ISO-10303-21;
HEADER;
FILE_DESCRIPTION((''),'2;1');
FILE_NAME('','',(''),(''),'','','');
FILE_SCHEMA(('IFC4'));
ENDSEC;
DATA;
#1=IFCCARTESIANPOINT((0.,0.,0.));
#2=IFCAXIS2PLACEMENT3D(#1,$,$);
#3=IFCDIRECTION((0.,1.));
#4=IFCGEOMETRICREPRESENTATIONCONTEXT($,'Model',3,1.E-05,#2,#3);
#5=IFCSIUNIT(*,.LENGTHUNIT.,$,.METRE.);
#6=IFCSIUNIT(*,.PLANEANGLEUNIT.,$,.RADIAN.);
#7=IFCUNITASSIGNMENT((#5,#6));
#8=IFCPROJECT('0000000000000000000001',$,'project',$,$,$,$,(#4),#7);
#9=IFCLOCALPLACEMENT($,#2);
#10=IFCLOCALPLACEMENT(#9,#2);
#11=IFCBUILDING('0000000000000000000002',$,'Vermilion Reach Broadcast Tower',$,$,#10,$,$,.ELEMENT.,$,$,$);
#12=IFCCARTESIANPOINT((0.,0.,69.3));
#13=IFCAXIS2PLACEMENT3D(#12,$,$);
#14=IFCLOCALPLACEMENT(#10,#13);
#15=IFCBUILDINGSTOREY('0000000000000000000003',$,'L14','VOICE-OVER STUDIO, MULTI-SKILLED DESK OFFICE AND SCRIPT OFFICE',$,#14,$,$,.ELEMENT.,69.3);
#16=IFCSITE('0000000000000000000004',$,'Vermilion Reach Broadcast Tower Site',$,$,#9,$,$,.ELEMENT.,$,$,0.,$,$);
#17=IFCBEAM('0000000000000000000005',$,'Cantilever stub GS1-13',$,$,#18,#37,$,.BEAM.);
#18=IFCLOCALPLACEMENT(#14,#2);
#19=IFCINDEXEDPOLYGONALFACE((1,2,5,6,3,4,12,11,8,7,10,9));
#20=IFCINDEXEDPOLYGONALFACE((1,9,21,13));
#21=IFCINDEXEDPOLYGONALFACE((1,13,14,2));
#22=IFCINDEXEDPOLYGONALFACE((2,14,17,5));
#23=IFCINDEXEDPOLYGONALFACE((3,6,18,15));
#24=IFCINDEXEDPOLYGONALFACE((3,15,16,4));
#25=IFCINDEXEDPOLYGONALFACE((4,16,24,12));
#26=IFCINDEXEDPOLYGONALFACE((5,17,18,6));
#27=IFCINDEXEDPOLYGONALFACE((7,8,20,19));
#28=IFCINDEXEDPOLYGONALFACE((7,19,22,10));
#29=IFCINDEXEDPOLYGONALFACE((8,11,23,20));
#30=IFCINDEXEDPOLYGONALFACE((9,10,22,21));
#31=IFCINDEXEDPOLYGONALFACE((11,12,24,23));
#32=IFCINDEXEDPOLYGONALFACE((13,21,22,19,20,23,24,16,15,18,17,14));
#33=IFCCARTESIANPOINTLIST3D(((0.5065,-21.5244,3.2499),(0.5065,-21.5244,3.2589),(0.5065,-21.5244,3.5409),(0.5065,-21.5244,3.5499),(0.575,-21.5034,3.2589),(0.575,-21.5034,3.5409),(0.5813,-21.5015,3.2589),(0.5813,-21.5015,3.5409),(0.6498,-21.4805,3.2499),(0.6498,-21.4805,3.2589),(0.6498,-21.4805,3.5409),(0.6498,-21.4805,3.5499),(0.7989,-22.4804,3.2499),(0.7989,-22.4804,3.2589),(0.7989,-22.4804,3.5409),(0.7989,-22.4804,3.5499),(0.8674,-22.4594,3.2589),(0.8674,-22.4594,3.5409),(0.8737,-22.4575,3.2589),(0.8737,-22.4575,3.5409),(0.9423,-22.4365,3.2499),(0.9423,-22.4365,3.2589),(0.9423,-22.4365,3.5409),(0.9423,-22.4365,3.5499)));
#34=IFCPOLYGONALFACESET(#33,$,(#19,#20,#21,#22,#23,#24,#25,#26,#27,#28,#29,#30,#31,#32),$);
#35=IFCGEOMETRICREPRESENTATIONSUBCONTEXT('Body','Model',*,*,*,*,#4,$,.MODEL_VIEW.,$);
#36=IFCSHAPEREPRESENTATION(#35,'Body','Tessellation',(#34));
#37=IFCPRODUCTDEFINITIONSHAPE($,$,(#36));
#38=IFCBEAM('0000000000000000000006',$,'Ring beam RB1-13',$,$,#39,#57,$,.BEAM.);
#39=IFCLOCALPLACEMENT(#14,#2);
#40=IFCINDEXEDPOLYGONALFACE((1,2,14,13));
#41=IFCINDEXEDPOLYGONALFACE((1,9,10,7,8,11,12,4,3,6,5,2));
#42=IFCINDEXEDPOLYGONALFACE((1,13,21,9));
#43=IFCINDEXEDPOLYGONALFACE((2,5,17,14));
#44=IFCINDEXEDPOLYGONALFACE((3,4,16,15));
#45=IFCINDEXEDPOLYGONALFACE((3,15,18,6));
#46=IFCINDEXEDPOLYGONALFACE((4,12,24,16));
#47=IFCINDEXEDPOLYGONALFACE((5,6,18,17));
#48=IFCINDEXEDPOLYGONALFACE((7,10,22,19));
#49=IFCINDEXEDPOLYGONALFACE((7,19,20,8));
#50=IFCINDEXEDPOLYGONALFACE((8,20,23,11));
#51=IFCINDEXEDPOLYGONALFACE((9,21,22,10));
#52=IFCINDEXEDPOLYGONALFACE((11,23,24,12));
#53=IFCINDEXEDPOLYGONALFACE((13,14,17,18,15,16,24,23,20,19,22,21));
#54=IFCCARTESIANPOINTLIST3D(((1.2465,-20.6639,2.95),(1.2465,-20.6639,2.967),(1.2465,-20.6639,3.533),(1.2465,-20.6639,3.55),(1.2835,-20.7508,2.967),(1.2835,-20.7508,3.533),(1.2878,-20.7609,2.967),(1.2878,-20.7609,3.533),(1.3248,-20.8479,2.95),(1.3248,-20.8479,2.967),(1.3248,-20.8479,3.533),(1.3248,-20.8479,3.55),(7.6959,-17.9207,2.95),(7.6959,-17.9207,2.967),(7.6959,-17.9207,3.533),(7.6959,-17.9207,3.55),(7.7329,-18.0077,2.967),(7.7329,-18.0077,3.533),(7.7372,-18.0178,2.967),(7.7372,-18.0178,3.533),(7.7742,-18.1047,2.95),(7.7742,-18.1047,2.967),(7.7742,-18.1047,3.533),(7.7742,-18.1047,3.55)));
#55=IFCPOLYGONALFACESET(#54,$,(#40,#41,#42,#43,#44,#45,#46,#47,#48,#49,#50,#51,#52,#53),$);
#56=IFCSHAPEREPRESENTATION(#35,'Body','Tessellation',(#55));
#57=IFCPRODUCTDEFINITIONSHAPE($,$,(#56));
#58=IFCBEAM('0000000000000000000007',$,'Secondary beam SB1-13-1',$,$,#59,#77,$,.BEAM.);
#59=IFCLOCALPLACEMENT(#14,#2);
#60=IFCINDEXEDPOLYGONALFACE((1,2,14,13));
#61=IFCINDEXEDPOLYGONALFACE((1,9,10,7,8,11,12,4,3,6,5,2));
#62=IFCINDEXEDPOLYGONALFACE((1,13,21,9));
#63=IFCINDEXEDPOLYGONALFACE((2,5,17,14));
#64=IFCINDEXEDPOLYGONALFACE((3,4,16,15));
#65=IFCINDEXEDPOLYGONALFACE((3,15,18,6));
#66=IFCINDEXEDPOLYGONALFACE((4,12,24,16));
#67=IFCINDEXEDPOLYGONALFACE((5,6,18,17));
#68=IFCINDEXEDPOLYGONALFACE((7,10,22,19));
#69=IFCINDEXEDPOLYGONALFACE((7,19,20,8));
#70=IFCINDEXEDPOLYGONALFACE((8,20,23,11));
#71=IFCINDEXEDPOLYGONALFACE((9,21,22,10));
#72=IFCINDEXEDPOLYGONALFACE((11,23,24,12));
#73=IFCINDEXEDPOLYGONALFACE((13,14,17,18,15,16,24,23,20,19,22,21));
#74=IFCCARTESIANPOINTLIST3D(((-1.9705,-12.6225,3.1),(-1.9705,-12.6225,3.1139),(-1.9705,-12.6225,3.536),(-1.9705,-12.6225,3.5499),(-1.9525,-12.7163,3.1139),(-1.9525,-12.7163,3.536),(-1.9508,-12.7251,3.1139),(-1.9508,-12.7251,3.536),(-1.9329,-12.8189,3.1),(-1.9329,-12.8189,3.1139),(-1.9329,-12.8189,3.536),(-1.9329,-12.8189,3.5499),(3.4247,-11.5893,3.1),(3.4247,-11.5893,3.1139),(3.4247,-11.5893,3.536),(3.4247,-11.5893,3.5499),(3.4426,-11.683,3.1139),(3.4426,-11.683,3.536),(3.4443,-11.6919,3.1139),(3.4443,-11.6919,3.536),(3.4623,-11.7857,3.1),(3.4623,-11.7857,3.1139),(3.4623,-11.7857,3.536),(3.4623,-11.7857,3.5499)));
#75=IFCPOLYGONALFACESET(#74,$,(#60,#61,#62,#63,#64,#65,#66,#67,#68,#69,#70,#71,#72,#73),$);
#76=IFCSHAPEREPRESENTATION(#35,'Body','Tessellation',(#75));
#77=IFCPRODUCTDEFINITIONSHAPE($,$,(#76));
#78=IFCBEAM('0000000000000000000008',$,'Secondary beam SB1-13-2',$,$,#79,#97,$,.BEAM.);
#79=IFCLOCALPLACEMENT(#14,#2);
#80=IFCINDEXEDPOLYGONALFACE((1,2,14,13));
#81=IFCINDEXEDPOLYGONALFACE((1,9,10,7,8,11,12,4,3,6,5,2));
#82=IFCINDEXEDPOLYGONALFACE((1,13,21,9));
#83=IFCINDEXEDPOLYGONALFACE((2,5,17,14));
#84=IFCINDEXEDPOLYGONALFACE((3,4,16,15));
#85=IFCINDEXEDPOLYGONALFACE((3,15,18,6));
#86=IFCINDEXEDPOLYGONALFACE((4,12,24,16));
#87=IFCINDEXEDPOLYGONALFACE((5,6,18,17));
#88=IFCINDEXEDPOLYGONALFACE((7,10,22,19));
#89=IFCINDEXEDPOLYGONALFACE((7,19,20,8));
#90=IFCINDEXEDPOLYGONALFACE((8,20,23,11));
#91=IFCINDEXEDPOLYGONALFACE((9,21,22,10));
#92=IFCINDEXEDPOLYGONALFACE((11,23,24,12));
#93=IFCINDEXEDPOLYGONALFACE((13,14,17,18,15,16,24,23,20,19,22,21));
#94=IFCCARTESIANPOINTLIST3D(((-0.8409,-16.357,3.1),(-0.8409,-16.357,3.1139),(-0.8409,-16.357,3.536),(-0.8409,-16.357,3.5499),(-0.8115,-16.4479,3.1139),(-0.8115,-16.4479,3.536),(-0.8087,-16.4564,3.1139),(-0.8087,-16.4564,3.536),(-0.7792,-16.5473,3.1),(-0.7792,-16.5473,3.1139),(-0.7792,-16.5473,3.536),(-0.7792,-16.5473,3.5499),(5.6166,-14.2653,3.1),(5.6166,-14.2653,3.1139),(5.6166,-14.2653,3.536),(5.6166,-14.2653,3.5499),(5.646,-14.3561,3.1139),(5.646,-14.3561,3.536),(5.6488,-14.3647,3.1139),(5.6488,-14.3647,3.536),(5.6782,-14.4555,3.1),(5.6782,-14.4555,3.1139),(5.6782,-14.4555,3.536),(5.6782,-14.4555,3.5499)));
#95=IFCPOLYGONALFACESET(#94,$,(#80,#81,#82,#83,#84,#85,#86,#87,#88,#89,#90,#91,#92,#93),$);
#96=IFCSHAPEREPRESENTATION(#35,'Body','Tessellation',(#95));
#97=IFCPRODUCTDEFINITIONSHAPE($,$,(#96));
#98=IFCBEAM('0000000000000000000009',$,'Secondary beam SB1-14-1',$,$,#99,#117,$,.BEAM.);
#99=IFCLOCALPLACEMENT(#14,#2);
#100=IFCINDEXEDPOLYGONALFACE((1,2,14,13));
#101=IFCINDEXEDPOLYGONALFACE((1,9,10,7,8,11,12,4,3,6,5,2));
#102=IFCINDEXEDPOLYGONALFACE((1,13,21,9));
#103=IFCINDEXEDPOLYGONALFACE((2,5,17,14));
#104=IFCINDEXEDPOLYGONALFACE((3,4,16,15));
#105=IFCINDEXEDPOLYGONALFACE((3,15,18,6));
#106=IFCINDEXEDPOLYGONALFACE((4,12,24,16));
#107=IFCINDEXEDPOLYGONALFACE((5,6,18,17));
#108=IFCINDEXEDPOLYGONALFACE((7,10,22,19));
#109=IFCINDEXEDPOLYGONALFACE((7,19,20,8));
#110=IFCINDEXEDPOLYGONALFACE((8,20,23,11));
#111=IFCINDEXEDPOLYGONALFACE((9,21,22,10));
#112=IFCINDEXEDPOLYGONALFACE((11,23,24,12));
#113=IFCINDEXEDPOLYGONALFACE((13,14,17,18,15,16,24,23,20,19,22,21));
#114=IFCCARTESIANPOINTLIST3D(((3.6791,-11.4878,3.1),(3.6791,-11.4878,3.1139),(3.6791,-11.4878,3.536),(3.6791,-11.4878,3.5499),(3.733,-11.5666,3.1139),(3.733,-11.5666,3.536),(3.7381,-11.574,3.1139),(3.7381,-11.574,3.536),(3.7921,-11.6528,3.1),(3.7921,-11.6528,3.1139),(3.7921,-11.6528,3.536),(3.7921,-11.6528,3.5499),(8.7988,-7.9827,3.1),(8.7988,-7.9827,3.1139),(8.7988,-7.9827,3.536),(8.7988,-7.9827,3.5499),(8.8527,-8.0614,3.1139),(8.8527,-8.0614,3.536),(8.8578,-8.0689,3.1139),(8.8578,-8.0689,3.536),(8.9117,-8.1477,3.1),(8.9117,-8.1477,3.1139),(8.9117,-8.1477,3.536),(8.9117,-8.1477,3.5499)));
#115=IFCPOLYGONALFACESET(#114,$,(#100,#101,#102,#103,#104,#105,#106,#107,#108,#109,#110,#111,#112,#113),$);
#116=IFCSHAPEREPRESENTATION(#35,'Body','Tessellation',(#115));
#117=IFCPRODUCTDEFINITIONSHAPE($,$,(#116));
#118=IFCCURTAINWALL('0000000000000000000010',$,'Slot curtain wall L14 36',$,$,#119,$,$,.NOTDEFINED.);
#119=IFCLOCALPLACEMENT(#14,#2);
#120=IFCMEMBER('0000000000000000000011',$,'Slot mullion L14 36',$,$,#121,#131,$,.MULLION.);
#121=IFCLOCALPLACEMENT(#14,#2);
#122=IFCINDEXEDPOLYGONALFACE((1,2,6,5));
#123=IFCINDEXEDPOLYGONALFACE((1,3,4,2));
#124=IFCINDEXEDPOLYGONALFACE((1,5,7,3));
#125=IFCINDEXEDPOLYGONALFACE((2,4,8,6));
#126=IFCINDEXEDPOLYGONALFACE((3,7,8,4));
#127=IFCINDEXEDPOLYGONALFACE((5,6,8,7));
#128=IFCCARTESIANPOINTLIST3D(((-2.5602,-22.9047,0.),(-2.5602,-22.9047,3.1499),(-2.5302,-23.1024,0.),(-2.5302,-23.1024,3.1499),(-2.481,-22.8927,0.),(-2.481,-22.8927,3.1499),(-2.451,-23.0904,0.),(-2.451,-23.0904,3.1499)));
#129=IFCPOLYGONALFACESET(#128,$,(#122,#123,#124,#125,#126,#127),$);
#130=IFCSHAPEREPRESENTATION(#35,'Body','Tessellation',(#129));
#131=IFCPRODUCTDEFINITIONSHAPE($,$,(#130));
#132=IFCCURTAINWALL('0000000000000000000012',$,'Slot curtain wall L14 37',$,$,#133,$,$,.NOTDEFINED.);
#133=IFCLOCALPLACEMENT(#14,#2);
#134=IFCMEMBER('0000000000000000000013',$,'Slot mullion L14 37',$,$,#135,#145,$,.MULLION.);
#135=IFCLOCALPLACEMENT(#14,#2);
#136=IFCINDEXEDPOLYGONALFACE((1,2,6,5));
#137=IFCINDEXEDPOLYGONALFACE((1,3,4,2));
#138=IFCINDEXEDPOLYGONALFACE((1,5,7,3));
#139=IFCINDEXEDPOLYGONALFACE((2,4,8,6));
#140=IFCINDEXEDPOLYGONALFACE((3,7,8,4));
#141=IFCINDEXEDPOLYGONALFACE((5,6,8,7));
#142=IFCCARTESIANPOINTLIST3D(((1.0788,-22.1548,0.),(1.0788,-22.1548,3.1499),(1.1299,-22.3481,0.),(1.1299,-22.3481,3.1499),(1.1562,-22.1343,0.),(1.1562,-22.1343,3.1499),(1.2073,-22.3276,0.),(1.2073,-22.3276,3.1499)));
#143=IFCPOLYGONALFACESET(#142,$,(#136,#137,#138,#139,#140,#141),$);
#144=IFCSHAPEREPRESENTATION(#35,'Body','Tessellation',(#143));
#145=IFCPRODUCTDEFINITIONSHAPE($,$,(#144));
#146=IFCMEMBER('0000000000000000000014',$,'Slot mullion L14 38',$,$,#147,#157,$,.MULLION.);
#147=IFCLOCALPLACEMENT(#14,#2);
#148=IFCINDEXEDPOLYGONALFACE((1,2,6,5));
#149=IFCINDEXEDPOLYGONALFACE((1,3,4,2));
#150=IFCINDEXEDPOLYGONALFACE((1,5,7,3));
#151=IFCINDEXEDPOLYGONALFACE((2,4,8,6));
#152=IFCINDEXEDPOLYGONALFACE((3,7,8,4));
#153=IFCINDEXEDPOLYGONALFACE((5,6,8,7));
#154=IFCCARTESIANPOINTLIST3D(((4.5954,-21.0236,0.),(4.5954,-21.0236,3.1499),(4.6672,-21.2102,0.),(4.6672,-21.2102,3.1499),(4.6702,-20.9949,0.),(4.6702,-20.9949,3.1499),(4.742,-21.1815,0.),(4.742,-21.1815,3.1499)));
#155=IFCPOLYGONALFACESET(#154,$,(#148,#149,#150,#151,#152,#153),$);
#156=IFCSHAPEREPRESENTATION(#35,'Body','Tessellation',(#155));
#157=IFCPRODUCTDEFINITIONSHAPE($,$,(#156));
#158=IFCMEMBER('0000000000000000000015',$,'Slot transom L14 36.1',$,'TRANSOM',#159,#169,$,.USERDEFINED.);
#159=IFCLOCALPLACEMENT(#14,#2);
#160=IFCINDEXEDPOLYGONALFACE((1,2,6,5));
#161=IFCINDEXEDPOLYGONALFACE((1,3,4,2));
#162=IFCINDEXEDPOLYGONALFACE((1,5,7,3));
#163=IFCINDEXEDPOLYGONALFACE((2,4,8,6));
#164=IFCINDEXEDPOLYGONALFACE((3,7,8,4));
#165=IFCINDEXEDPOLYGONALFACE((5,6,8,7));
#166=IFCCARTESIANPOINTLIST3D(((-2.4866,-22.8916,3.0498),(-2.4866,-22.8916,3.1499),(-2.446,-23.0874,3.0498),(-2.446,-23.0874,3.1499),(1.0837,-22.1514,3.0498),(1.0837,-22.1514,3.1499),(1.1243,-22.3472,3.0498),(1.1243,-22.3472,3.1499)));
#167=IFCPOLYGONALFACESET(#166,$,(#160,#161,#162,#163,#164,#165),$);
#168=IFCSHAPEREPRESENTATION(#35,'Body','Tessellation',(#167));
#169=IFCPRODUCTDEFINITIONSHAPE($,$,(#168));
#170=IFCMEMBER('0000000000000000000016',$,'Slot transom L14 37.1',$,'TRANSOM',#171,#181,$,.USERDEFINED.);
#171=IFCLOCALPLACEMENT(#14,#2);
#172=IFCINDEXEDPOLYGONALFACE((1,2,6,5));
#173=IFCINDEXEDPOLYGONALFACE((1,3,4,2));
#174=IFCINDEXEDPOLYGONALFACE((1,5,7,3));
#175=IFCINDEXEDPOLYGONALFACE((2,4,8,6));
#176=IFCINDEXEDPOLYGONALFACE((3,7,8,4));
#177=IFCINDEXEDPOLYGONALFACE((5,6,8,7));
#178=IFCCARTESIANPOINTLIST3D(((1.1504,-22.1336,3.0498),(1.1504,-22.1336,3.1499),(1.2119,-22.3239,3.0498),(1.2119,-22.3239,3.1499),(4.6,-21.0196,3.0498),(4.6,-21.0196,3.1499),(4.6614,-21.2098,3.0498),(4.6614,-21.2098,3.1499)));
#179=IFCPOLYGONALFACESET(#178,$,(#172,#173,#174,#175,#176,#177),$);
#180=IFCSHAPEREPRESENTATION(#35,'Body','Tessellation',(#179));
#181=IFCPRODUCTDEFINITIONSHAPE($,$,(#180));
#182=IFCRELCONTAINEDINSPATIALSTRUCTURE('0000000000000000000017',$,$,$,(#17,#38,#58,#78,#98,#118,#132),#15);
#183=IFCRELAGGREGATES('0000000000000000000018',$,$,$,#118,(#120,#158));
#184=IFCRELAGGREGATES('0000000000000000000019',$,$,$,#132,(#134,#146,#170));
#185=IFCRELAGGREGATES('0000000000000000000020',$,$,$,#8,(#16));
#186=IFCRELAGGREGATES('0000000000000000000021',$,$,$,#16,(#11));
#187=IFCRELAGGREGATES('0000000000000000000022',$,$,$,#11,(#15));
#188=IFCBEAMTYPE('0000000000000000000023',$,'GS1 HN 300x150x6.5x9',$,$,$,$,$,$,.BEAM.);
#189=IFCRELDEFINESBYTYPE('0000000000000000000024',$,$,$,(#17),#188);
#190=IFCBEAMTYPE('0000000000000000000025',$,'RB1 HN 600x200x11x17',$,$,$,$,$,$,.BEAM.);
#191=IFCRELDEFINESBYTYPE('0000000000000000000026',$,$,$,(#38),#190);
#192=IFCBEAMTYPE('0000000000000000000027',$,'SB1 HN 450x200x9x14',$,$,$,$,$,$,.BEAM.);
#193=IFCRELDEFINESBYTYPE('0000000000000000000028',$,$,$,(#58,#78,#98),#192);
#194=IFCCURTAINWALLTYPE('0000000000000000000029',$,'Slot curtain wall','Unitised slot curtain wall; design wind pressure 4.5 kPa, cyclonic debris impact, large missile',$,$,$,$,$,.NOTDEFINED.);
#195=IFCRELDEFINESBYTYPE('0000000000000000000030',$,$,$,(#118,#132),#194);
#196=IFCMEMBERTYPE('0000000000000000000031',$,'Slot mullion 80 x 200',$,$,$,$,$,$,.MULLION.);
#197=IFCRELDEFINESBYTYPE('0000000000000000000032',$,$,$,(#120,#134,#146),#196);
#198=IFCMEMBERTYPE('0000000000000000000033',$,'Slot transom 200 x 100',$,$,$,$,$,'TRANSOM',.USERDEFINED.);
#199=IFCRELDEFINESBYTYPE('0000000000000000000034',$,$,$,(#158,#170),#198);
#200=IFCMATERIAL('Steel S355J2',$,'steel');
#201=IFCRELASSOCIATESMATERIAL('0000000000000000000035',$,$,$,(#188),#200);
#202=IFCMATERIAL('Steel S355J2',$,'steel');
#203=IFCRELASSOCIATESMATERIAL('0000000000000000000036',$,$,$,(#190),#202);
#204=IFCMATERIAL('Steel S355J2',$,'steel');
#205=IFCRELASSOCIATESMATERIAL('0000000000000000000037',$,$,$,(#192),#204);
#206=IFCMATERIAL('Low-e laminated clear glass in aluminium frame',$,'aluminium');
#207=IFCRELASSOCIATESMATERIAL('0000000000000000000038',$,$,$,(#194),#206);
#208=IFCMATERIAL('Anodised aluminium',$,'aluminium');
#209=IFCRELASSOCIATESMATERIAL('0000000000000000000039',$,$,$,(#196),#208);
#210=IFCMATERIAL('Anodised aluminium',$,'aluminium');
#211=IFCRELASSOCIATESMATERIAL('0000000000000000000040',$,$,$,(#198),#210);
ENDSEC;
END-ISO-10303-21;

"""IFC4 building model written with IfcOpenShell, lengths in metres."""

from ifc_helpers import new_model, si_unit, direction, frame, origin, origin_2d, place, context, subcontext, project, spatial, rectangle, i_section, extrude, material, material_profile, profile_set, type_object, element, aggregate, save


model = new_model("IFC4")

# Units and contexts
model_context = context("Model", 3, precision=1e-05, world=origin(), true_north=direction((0.0, 1.0)))
body_context = subcontext(model_context, "Body", "Model", "MODEL_VIEW")
ifc_project = project(units=[si_unit("LENGTHUNIT", "METRE"), si_unit("PLANEANGLEUNIT", "RADIAN")], contexts=[model_context])

# Site, building, storey
site_placement = place(None, origin())
site = spatial("IfcSite", under=ifc_project, at=site_placement, Name="Vermilion Reach Broadcast Tower Site", CompositionType="ELEMENT", RefElevation=0.0)
building_placement = place(site_placement, origin())
building = spatial("IfcBuilding", under=site, at=building_placement, Name="Vermilion Reach Broadcast Tower", CompositionType="ELEMENT")
storey_placement = place(building_placement, frame((0.0, 0.0, 69.3)))
storey = spatial("IfcBuildingStorey", under=building, at=storey_placement, Name="L14", Description="VOICE-OVER STUDIO, MULTI-SKILLED DESK OFFICE AND SCRIPT OFFICE", CompositionType="ELEMENT", Elevation=69.3)

# Beams
ifc_material_1 = material(Name="Steel S355J2", Category="steel")
ifc_material_profile_1 = material_profile(ifc_material_1, i_section(OverallWidth=0.1499, OverallDepth=0.3, WebThickness=0.0066, FlangeThickness=0.009, at=origin_2d()), Name="S355J2 HN 300x150x6.5x9")
ifc_profile_set_1 = profile_set([ifc_material_profile_1], Name="Steel S355J2")
beam_type_1 = type_object("IfcBeamType", Name="GS1 HN 300x150x6.5x9", PredefinedType="BEAM", material=ifc_profile_set_1)
beam_1_placement = place(storey_placement, frame((0.5781, -21.5024, 3.3999), z_axis=(0.292541, -0.956253, 0.0), x_axis=(0.956253, 0.292541, 0.0)))
element("IfcBeam", 1, at=beam_1_placement, inside=storey, type_object=beam_type_1, Name="Cantilever stub GS1-13", PredefinedType="BEAM", context=body_context, shape_type="SweptSolid", body=[
    extrude(i_section(OverallWidth=0.1499, OverallDepth=0.3, WebThickness=0.0066, FlangeThickness=0.009, at=origin_2d()), origin(), (0.0, 0.0, 1.0), 0.9998),
])
ifc_material_2 = material(Name="Steel S355J2", Category="steel")
ifc_material_profile_2 = material_profile(ifc_material_2, i_section(OverallWidth=0.2, OverallDepth=0.6001, WebThickness=0.011, FlangeThickness=0.0171, at=origin_2d()), Name="S355J2 HN 600x200x11x17")
ifc_profile_set_2 = profile_set([ifc_material_profile_2], Name="Steel S355J2")
beam_type_2 = type_object("IfcBeamType", Name="RB1 HN 600x200x11x17", PredefinedType="BEAM", material=ifc_profile_set_2)
beam_2_placement = place(storey_placement, frame((1.2856, -20.7559, 3.25), z_axis=(0.920221, 0.3914, 0.0), x_axis=(-0.3914, 0.920221, 0.0)))
element("IfcBeam", 2, at=beam_2_placement, inside=storey, type_object=beam_type_2, Name="Ring beam RB1-13", PredefinedType="BEAM", context=body_context, shape_type="SweptSolid", body=[
    extrude(i_section(OverallWidth=0.2, OverallDepth=0.6001, WebThickness=0.011, FlangeThickness=0.0171, at=origin_2d()), origin(), (0.0, 0.0, 1.0), 7.0085),
])
ifc_material_3 = material(Name="Steel S355J2", Category="steel")
ifc_material_profile_3 = material_profile(ifc_material_3, i_section(OverallWidth=0.2, OverallDepth=0.45, WebThickness=0.009, FlangeThickness=0.0139, at=origin_2d()), Name="S355J2 HN 450x200x9x14")
ifc_profile_set_3 = profile_set([ifc_material_profile_3], Name="Steel S355J2")
beam_type_3 = type_object("IfcBeamType", Name="SB1 HN 450x200x9x14", PredefinedType="BEAM", material=ifc_profile_set_3)
beam_3_placement = place(storey_placement, frame((-1.9517, -12.7207, 3.325), z_axis=(0.982151, 0.188092, 0.0), x_axis=(-0.188092, 0.982151, 0.0)))
element("IfcBeam", 3, at=beam_3_placement, inside=storey, type_object=beam_type_3, Name="Secondary beam SB1-13-1", PredefinedType="BEAM", context=body_context, shape_type="SweptSolid", body=[
    extrude(i_section(OverallWidth=0.2, OverallDepth=0.45, WebThickness=0.009, FlangeThickness=0.0139, at=origin_2d()), origin(), (0.0, 0.0, 1.0), 5.4932),
])
beam_4_placement = place(storey_placement, frame((-0.8101, -16.4521, 3.325), z_axis=(0.951332, 0.308167, 0.0), x_axis=(-0.308167, 0.951332, 0.0)))
element("IfcBeam", 4, at=beam_4_placement, inside=storey, type_object=beam_type_3, Name="Secondary beam SB1-13-2", PredefinedType="BEAM", context=body_context, shape_type="SweptSolid", body=[
    extrude(i_section(OverallWidth=0.2, OverallDepth=0.45, WebThickness=0.009, FlangeThickness=0.0139, at=origin_2d()), origin(), (0.0, 0.0, 1.0), 6.7878),
])
beam_5_placement = place(storey_placement, frame((3.7356, -11.5703, 3.325), z_axis=(0.82514, 0.564928, 0.0), x_axis=(-0.564928, 0.82514, 0.0)))
element("IfcBeam", 5, at=beam_5_placement, inside=storey, type_object=beam_type_3, Name="Secondary beam SB1-14-1", PredefinedType="BEAM", context=body_context, shape_type="SweptSolid", body=[
    extrude(i_section(OverallWidth=0.2, OverallDepth=0.45, WebThickness=0.009, FlangeThickness=0.0139, at=origin_2d()), origin(), (0.0, 0.0, 1.0), 6.2046),
])

# Curtain wall, member
ifc_material_4 = material(Name="Low-e laminated clear glass in aluminium frame", Category="aluminium")
curtain_wall_type = type_object("IfcCurtainWallType", Name="Slot curtain wall", Description="Unitised slot curtain wall; design wind pressure 4.5 kPa, cyclonic debris impact, large missile", PredefinedType="NOTDEFINED", material=ifc_material_4)
placement = place(storey_placement, origin())
curtain_wall_1 = element("IfcCurtainWall", 6, at=placement, inside=storey, type_object=curtain_wall_type, Name="Slot curtain wall L14 36", PredefinedType="NOTDEFINED")
ifc_material_5 = material(Name="Anodised aluminium", Category="aluminium")
ifc_material_profile_4 = material_profile(ifc_material_5, rectangle(XDim=0.2, YDim=0.0801, at=origin_2d()), Name="Slot mullion 80 x 200")
ifc_profile_set_4 = profile_set([ifc_material_profile_4], Name="Anodised aluminium")
member_type_1 = type_object("IfcMemberType", Name="Slot mullion 80 x 200", PredefinedType="MULLION", material=ifc_profile_set_4)
member_1_placement = place(storey_placement, frame((-2.5056, -22.9976, 0.0), z_axis=(0.0, 0.0, 1.0), x_axis=(-0.150226, 0.988652, 0.0)))
member_1 = element("IfcMember", 7, at=member_1_placement, type_object=member_type_1, Name="Slot mullion L14 36", PredefinedType="MULLION", context=body_context, shape_type="SweptSolid", body=[
    extrude(rectangle(XDim=0.2, YDim=0.0801, at=origin_2d()), origin(), (0.0, 0.0, 1.0), 3.1499),
])

# Curtain wall, members
curtain_wall_2 = element("IfcCurtainWall", 8, at=placement, inside=storey, type_object=curtain_wall_type, Name="Slot curtain wall L14 37", PredefinedType="NOTDEFINED")
member_2_placement = place(storey_placement, frame((1.1431, -22.2412, 0.0), z_axis=(0.0, 0.0, 1.0), x_axis=(-0.255546, 0.966797, 0.0)))
member_2 = element("IfcMember", 9, at=member_2_placement, type_object=member_type_1, Name="Slot mullion L14 37", PredefinedType="MULLION", context=body_context, shape_type="SweptSolid", body=[
    extrude(rectangle(XDim=0.2, YDim=0.0801, at=origin_2d()), origin(), (0.0, 0.0, 1.0), 3.1499),
])
member_3_placement = place(storey_placement, frame((4.6687, -21.1025, 0.0), z_axis=(0.0, 0.0, 1.0), x_axis=(-0.359036, 0.933324, 0.0)))
member_3 = element("IfcMember", 10, at=member_3_placement, type_object=member_type_1, Name="Slot mullion L14 38", PredefinedType="MULLION", context=body_context, shape_type="SweptSolid", body=[
    extrude(rectangle(XDim=0.2, YDim=0.0801, at=origin_2d()), origin(), (0.0, 0.0, 1.0), 3.1499),
])

# Members
ifc_material_6 = material(Name="Anodised aluminium", Category="aluminium")
ifc_material_profile_5 = material_profile(ifc_material_6, rectangle(XDim=0.2, YDim=0.1001, at=origin_2d()), Name="Slot transom 200 x 100")
ifc_profile_set_5 = profile_set([ifc_material_profile_5], Name="Anodised aluminium")
member_type_2 = type_object("IfcMemberType", Name="Slot transom 200 x 100", ElementType="TRANSOM", PredefinedType="USERDEFINED", material=ifc_profile_set_5)
member_4_placement = place(storey_placement, frame((-2.4663, -22.9895, 3.0999), z_axis=(0.979176, 0.203013, 0.0), x_axis=(-0.203013, 0.979176, 0.0)))
member_4 = element("IfcMember", 11, at=member_4_placement, type_object=member_type_2, Name="Slot transom L14 36.1", ObjectType="TRANSOM", PredefinedType="USERDEFINED", context=body_context, shape_type="SweptSolid", body=[
    extrude(rectangle(XDim=0.2, YDim=0.1001, at=origin_2d()), origin(), (0.0, 0.0, 1.0), 3.6462),
])
member_5_placement = place(storey_placement, frame((1.1812, -22.2288, 3.0999), z_axis=(0.951605, 0.307324, 0.0), x_axis=(-0.307324, 0.951605, 0.0)))
member_5 = element("IfcMember", 12, at=member_5_placement, type_object=member_type_2, Name="Slot transom L14 37.1", ObjectType="TRANSOM", PredefinedType="USERDEFINED", context=body_context, shape_type="SweptSolid", body=[
    extrude(rectangle(XDim=0.2, YDim=0.1001, at=origin_2d()), origin(), (0.0, 0.0, 1.0), 3.625),
])

aggregate(curtain_wall_1, [member_1, member_4])
aggregate(curtain_wall_2, [member_2, member_3, member_5])

save(model, "model.ifc")
